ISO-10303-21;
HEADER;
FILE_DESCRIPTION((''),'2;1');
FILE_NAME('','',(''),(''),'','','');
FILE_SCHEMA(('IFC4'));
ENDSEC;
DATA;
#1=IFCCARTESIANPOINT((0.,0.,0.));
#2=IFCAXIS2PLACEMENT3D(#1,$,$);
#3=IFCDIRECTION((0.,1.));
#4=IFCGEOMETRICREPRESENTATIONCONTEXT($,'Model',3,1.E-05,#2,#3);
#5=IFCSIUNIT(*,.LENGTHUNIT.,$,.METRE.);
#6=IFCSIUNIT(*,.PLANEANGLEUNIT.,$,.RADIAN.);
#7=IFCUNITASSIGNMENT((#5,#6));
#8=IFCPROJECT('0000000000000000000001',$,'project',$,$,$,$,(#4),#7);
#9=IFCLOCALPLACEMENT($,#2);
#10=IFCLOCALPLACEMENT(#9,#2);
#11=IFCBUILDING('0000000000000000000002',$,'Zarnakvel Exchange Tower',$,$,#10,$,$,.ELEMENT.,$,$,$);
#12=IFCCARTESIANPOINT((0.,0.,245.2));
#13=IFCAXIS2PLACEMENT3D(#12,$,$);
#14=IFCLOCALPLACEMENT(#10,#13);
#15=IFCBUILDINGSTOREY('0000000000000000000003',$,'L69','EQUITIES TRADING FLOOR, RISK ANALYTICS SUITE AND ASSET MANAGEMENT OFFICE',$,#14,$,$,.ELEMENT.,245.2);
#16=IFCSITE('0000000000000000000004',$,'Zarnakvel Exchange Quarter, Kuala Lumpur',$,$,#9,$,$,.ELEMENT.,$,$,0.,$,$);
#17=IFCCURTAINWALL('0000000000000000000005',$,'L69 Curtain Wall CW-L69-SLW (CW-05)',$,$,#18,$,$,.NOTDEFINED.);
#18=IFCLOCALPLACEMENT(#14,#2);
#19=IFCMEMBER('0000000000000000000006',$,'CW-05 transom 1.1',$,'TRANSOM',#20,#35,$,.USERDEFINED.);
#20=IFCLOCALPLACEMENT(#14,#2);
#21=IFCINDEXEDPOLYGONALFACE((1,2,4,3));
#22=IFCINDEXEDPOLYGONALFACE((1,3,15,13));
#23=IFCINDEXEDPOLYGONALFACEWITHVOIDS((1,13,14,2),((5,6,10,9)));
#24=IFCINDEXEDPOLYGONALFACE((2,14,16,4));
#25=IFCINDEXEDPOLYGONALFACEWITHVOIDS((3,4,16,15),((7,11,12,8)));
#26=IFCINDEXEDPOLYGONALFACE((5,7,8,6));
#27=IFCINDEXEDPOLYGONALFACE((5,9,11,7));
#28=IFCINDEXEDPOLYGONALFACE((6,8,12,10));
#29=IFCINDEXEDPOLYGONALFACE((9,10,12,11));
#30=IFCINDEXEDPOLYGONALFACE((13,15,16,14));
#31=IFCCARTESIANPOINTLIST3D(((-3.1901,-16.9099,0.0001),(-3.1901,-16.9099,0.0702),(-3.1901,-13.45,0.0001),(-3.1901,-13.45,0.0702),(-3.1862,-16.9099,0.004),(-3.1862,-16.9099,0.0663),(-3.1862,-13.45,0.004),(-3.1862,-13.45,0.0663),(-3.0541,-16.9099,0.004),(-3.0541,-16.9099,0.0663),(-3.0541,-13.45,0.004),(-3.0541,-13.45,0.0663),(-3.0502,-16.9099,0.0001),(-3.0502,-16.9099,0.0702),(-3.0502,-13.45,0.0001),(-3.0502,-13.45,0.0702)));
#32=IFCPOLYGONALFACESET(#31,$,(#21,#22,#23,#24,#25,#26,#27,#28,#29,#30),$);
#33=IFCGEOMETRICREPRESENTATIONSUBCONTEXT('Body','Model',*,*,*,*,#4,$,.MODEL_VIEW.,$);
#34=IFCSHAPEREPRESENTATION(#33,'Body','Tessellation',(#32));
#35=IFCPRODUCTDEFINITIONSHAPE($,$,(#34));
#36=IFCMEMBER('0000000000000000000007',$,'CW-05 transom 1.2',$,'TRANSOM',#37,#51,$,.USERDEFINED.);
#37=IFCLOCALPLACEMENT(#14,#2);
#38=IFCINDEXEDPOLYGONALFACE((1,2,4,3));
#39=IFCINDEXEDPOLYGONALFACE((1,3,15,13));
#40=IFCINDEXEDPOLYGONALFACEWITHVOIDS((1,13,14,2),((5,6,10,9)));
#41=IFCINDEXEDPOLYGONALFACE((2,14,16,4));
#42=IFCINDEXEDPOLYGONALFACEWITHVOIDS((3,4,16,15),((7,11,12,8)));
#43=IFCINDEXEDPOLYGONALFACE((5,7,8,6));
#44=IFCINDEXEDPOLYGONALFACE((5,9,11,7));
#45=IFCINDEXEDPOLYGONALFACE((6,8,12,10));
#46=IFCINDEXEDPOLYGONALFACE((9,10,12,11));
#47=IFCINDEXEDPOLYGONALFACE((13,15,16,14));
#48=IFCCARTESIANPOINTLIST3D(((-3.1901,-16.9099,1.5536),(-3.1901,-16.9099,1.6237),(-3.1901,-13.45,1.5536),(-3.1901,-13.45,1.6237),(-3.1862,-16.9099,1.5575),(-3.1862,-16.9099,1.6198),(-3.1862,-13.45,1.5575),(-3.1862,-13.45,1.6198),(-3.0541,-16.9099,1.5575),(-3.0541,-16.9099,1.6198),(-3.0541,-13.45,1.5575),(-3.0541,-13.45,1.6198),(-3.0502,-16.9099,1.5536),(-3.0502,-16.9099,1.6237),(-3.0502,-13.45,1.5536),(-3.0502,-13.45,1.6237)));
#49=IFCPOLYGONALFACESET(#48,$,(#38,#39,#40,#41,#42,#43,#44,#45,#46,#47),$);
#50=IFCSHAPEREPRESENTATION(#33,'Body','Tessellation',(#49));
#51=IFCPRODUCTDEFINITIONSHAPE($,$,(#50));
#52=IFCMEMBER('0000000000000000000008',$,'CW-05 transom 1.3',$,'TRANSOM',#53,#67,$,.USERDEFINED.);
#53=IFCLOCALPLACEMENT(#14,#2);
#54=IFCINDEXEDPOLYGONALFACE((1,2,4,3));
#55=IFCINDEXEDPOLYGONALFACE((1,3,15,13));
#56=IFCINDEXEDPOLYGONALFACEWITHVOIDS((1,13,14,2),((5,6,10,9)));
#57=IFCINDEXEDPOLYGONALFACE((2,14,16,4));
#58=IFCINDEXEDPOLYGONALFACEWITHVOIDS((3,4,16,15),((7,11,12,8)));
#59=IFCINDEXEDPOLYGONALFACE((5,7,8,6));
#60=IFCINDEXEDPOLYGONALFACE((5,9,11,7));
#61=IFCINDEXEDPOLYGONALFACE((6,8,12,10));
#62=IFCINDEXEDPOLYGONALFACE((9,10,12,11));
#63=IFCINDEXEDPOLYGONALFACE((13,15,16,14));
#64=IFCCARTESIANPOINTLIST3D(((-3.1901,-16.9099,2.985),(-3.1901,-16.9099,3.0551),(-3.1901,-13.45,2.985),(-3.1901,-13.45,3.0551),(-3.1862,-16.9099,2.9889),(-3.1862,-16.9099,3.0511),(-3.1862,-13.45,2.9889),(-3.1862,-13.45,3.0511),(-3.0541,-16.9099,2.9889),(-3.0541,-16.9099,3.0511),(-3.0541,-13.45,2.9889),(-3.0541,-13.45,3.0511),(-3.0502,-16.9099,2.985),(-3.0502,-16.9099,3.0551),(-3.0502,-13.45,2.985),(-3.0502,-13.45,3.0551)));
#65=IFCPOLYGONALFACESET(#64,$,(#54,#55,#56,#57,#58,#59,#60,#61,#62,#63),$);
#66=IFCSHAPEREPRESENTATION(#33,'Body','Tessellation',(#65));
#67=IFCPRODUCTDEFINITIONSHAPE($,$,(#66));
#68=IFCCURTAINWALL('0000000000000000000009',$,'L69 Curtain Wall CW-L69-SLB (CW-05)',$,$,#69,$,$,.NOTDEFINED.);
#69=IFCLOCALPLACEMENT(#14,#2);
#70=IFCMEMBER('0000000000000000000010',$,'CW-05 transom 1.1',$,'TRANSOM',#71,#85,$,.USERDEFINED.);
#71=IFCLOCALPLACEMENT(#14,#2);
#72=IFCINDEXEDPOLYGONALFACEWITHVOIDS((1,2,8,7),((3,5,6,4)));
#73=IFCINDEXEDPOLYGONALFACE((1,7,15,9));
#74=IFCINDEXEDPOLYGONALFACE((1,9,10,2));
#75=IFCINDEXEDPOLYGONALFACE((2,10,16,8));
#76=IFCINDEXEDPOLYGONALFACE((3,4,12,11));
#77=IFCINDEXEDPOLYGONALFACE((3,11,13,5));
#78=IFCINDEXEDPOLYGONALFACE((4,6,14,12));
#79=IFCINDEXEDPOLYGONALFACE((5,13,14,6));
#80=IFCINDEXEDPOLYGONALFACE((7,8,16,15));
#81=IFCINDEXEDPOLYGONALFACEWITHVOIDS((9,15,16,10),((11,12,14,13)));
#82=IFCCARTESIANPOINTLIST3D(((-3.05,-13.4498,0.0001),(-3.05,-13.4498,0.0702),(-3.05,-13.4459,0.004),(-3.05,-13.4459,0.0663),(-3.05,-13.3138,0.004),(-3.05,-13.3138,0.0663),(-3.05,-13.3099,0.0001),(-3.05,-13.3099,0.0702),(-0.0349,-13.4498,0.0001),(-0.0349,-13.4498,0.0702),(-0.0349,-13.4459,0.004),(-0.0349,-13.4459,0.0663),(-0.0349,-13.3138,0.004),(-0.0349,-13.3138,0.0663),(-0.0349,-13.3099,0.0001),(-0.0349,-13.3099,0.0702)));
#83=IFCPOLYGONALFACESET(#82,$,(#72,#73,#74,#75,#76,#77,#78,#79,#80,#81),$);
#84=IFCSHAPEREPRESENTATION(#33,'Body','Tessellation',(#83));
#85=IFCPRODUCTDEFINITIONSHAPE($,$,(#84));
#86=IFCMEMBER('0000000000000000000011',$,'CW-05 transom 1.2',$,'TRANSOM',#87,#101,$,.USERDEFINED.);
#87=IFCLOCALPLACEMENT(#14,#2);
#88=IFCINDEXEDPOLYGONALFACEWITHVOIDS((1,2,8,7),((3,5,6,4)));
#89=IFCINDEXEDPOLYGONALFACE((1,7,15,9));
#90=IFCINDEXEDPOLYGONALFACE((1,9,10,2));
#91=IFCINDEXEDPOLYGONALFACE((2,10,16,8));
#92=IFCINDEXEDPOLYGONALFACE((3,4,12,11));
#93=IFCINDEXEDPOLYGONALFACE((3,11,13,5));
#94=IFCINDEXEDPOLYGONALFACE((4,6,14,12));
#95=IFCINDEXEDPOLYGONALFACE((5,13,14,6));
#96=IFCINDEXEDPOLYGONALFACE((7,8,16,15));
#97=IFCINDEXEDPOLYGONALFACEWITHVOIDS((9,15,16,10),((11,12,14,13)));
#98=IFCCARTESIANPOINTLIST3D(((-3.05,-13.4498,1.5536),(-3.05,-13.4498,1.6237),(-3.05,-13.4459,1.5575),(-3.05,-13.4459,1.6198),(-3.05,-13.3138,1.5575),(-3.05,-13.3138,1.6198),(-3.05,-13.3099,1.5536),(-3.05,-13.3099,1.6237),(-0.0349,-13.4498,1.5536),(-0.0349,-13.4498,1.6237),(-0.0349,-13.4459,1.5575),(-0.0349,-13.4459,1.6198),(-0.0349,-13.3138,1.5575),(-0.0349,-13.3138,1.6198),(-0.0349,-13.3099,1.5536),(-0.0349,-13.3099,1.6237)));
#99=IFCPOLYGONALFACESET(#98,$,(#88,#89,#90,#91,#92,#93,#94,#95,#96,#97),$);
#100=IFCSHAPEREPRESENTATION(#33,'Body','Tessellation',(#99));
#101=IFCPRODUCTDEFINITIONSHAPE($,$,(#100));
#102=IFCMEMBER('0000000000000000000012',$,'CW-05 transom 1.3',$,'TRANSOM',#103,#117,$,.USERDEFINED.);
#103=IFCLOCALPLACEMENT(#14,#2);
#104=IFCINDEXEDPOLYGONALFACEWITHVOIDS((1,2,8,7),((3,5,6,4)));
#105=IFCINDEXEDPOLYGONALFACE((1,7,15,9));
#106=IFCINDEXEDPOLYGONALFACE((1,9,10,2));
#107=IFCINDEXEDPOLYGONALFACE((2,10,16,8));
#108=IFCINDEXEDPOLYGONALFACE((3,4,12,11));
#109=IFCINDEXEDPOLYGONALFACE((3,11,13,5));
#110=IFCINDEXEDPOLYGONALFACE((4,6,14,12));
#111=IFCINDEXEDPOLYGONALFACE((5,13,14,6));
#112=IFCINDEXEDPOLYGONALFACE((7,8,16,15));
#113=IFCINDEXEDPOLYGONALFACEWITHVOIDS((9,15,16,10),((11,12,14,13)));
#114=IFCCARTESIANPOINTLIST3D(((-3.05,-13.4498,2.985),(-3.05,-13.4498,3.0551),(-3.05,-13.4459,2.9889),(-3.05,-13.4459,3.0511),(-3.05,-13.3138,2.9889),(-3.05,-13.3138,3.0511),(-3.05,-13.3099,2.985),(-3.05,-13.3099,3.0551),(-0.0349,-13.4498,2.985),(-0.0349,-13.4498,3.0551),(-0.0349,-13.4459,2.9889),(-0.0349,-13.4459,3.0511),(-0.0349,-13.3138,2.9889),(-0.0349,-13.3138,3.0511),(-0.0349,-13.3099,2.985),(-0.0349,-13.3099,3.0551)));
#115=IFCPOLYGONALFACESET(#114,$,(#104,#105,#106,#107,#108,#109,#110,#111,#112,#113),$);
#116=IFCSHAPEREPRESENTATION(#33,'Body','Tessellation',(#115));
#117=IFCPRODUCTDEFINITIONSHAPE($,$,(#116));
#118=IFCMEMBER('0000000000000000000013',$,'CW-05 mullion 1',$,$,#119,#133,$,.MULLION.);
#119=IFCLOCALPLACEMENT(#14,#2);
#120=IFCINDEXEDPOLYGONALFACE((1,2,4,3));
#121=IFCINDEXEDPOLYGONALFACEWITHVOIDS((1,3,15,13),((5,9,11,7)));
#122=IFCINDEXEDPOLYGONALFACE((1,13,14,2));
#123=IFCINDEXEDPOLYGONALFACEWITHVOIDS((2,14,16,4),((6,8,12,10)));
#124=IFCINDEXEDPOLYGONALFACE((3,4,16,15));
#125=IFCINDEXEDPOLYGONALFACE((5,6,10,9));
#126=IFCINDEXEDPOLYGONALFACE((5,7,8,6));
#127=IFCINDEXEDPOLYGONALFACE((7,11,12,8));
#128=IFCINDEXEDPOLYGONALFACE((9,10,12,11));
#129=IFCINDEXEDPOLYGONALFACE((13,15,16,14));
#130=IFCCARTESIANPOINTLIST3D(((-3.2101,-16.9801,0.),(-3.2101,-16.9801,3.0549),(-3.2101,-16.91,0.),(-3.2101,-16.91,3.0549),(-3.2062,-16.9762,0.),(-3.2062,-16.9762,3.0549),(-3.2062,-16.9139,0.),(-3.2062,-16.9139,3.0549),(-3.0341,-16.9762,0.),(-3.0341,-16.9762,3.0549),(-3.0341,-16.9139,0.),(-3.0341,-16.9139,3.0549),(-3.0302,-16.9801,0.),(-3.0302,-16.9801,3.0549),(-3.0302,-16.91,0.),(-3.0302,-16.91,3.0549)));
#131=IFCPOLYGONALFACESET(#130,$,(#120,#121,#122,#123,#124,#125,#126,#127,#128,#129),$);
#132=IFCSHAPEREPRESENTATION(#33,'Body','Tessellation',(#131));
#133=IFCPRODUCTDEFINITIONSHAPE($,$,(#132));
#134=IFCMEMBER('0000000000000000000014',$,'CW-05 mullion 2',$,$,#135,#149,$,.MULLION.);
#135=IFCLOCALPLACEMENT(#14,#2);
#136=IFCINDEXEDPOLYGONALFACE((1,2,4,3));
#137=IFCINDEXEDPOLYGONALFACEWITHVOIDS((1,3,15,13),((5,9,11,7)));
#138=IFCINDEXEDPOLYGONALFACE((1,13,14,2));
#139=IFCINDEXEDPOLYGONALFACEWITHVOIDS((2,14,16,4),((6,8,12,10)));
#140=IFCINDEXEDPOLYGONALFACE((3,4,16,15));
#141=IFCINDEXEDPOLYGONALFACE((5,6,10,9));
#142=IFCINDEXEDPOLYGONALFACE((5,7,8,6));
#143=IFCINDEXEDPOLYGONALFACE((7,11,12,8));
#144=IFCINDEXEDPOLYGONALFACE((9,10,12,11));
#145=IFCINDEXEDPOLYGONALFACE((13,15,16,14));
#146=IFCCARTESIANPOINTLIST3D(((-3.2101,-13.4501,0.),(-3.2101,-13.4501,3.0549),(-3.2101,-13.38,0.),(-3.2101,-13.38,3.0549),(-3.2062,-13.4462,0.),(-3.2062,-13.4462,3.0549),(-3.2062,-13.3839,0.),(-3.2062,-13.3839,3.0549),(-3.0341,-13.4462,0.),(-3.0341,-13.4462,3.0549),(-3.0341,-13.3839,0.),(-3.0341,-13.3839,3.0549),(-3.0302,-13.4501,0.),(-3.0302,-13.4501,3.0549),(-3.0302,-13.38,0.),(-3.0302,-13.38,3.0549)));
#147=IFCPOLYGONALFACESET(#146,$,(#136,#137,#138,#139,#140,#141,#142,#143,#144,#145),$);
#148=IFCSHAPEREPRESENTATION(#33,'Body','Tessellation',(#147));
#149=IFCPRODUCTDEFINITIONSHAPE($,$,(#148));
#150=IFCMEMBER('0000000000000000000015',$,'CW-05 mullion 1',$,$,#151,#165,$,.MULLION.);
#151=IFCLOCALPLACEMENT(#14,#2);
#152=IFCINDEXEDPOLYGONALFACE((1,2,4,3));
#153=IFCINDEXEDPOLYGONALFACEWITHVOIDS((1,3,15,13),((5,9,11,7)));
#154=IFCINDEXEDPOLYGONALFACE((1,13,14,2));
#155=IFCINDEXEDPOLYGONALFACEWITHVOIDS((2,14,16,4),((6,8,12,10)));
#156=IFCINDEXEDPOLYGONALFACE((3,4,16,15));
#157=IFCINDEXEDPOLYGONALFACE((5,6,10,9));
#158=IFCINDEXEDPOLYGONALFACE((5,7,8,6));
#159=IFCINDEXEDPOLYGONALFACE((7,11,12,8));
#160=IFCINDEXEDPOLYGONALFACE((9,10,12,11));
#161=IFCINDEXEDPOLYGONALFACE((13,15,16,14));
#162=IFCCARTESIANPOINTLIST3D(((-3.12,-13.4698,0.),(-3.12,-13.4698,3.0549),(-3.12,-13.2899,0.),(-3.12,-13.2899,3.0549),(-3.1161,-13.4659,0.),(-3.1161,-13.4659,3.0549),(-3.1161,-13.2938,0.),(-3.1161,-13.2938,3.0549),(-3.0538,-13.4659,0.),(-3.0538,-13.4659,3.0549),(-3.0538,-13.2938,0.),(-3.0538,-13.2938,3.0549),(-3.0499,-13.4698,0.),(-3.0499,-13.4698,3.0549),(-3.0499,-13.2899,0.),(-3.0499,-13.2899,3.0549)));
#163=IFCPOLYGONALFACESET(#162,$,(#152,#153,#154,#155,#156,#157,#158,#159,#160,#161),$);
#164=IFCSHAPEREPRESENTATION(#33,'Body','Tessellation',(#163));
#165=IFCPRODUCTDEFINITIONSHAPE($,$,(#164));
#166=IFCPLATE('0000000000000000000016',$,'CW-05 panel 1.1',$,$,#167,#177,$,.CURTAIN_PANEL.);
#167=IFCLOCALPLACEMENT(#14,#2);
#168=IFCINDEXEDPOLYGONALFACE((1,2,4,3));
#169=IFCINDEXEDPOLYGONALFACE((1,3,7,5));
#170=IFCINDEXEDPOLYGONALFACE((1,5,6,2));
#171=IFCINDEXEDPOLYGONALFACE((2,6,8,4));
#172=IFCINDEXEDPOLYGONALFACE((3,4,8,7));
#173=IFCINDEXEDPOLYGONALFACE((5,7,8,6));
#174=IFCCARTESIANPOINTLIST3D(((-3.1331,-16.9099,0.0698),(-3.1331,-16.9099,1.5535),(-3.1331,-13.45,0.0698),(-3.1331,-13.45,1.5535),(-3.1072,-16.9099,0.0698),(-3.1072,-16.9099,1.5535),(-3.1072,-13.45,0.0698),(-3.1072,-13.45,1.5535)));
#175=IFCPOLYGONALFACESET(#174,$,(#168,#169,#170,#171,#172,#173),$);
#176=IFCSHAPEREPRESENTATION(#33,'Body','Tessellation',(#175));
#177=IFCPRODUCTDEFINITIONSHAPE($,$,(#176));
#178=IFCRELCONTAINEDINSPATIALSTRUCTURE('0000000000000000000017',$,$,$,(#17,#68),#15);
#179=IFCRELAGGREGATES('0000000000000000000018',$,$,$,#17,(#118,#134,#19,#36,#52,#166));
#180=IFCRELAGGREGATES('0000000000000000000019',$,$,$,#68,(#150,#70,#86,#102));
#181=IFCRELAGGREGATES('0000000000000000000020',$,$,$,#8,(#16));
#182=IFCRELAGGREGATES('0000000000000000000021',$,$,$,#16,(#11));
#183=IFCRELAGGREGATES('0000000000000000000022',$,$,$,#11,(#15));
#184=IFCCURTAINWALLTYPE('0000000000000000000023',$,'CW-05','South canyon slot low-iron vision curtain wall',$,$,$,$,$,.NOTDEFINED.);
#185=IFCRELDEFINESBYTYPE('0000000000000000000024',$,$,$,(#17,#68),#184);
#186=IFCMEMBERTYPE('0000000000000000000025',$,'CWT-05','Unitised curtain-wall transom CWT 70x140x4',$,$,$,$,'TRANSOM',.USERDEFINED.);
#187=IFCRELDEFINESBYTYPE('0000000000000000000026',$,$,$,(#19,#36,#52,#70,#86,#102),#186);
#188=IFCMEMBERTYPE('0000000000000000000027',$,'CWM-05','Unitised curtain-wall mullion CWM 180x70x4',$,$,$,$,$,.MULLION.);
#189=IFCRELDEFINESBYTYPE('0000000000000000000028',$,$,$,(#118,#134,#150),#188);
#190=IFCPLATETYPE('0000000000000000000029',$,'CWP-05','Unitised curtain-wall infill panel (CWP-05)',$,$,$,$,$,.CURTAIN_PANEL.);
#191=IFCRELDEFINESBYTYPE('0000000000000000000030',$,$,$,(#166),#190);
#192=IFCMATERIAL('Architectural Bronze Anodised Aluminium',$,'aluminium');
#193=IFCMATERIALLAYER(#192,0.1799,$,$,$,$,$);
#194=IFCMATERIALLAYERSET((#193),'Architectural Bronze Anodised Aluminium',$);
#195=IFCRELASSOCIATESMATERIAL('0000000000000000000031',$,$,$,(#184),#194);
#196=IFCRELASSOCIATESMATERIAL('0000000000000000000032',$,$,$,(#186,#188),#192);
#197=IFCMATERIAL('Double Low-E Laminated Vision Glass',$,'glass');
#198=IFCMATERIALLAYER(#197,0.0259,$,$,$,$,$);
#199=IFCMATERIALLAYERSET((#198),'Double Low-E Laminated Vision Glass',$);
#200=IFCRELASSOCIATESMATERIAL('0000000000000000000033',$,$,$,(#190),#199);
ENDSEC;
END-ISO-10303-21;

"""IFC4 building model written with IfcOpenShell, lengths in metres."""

from ifc_helpers import new_model, si_unit, direction, frame, origin, origin_2d, place, context, subcontext, project, spatial, rectangle, hollow_rectangle, extrude, source, transform, mapped, material, layer, layer_set, material_profile, profile_set, type_object, element, aggregate, save


model = new_model("IFC4")

# Units and contexts
model_context = context("Model", 3, precision=1e-05, world=origin(), true_north=direction((0.0, 1.0)))
body_context = subcontext(model_context, "Body", "Model", "MODEL_VIEW")
ifc_project = project(units=[si_unit("LENGTHUNIT", "METRE"), si_unit("PLANEANGLEUNIT", "RADIAN")], contexts=[model_context])

# Site, building, storey
site_placement = place(None, origin())
site = spatial("IfcSite", under=ifc_project, at=site_placement, Name="Zarnakvel Exchange Quarter, Kuala Lumpur", CompositionType="ELEMENT", RefElevation=0.0)
building_placement = place(site_placement, origin())
building = spatial("IfcBuilding", under=site, at=building_placement, Name="Zarnakvel Exchange Tower", CompositionType="ELEMENT")
storey_placement = place(building_placement, frame((0.0, 0.0, 245.2)))
storey = spatial("IfcBuildingStorey", under=building, at=storey_placement, Name="L69", Description="EQUITIES TRADING FLOOR, RISK ANALYTICS SUITE AND ASSET MANAGEMENT OFFICE", CompositionType="ELEMENT", Elevation=245.2)

# Curtain walls, members
ifc_material_1 = material(Name="Architectural Bronze Anodised Aluminium", Category="aluminium")
ifc_layer_1 = layer(ifc_material_1, 0.1799)
ifc_layer_set_1 = layer_set([ifc_layer_1], Name="Architectural Bronze Anodised Aluminium")
curtain_wall_type = type_object("IfcCurtainWallType", Name="CW-05", Description="South canyon slot low-iron vision curtain wall", PredefinedType="NOTDEFINED", material=ifc_layer_set_1)
curtain_wall_1_placement = place(storey_placement, origin())
curtain_wall_1 = element("IfcCurtainWall", 1, at=curtain_wall_1_placement, inside=storey, type_object=curtain_wall_type, Name="L69 Curtain Wall CW-L69-SLW (CW-05)", PredefinedType="NOTDEFINED")
ifc_material_profile_1 = material_profile(ifc_material_1, hollow_rectangle(XDim=0.1399, YDim=0.0701, WallThickness=0.0039, at=origin_2d()))
ifc_profile_set_1 = profile_set([ifc_material_profile_1], Name="Architectural Bronze Anodised Aluminium")
member_type_1 = type_object("IfcMemberType", Name="CWT-05", Description="Unitised curtain-wall transom CWT 70x140x4", ElementType="TRANSOM", PredefinedType="USERDEFINED", material=ifc_profile_set_1)
shared_shape_1 = source(origin(), body_context, "Body", "SweptSolid", [
    extrude(hollow_rectangle(XDim=0.1399, YDim=0.0701, WallThickness=0.0039, at=origin_2d()), origin(), (0.0, 0.0, 1.0), 3.46),
])
member_1_placement = place(storey_placement, frame((-3.1201, -16.9099, 0.0352), z_axis=(0.0, 1.0, 0.0), x_axis=(-1.0, 0.0, 0.0)))
member_1 = element("IfcMember", 2, at=member_1_placement, type_object=member_type_1, Name="CW-05 transom 1.1", ObjectType="TRANSOM", PredefinedType="USERDEFINED", context=body_context, shape_type="MappedRepresentation", body=[
    mapped(shared_shape_1, transform((0.0, 0.0, 0.0), x_axis=(1.0, 0.0, 0.0), y_axis=(0.0, 1.0, 0.0), z_axis=(0.0, 0.0, 1.0), scale=1.0)),
])
member_2_placement = place(storey_placement, frame((-3.1201, -16.9099, 1.5886), z_axis=(0.0, 1.0, 0.0), x_axis=(-1.0, 0.0, 0.0)))
member_2 = element("IfcMember", 3, at=member_2_placement, type_object=member_type_1, Name="CW-05 transom 1.2", ObjectType="TRANSOM", PredefinedType="USERDEFINED", context=body_context, shape_type="MappedRepresentation", body=[
    mapped(shared_shape_1, transform((0.0, 0.0, 0.0), x_axis=(1.0, 0.0, 0.0), y_axis=(0.0, 1.0, 0.0), z_axis=(0.0, 0.0, 1.0), scale=1.0)),
])
member_3_placement = place(storey_placement, frame((-3.1201, -16.9099, 3.02), z_axis=(0.0, 1.0, 0.0), x_axis=(-1.0, 0.0, 0.0)))
member_3 = element("IfcMember", 4, at=member_3_placement, type_object=member_type_1, Name="CW-05 transom 1.3", ObjectType="TRANSOM", PredefinedType="USERDEFINED", context=body_context, shape_type="MappedRepresentation", body=[
    mapped(shared_shape_1, transform((0.0, 0.0, 0.0), x_axis=(1.0, 0.0, 0.0), y_axis=(0.0, 1.0, 0.0), z_axis=(0.0, 0.0, 1.0), scale=1.0)),
])
curtain_wall_2_placement = place(storey_placement, origin())
curtain_wall_2 = element("IfcCurtainWall", 5, at=curtain_wall_2_placement, inside=storey, type_object=curtain_wall_type, Name="L69 Curtain Wall CW-L69-SLB (CW-05)", PredefinedType="NOTDEFINED")
shared_shape_2 = source(origin(), body_context, "Body", "SweptSolid", [
    extrude(hollow_rectangle(XDim=0.1399, YDim=0.0701, WallThickness=0.0039, at=origin_2d()), origin(), (0.0, 0.0, 1.0), 3.0151),
])
member_4_placement = place(storey_placement, frame((-3.05, -13.3799, 0.0352), z_axis=(1.0, 0.0, 0.0), x_axis=(0.0, 1.0, 0.0)))
member_4 = element("IfcMember", 6, at=member_4_placement, type_object=member_type_1, Name="CW-05 transom 1.1", ObjectType="TRANSOM", PredefinedType="USERDEFINED", context=body_context, shape_type="MappedRepresentation", body=[
    mapped(shared_shape_2, transform((0.0, 0.0, 0.0), x_axis=(1.0, 0.0, 0.0), y_axis=(0.0, 1.0, 0.0), z_axis=(0.0, 0.0, 1.0), scale=1.0)),
])
member_5_placement = place(storey_placement, frame((-3.05, -13.3799, 1.5886), z_axis=(1.0, 0.0, 0.0), x_axis=(0.0, 1.0, 0.0)))
member_5 = element("IfcMember", 7, at=member_5_placement, type_object=member_type_1, Name="CW-05 transom 1.2", ObjectType="TRANSOM", PredefinedType="USERDEFINED", context=body_context, shape_type="MappedRepresentation", body=[
    mapped(shared_shape_2, transform((0.0, 0.0, 0.0), x_axis=(1.0, 0.0, 0.0), y_axis=(0.0, 1.0, 0.0), z_axis=(0.0, 0.0, 1.0), scale=1.0)),
])
member_6_placement = place(storey_placement, frame((-3.05, -13.3799, 3.02), z_axis=(1.0, 0.0, 0.0), x_axis=(0.0, 1.0, 0.0)))
member_6 = element("IfcMember", 8, at=member_6_placement, type_object=member_type_1, Name="CW-05 transom 1.3", ObjectType="TRANSOM", PredefinedType="USERDEFINED", context=body_context, shape_type="MappedRepresentation", body=[
    mapped(shared_shape_2, transform((0.0, 0.0, 0.0), x_axis=(1.0, 0.0, 0.0), y_axis=(0.0, 1.0, 0.0), z_axis=(0.0, 0.0, 1.0), scale=1.0)),
])

# Members
ifc_material_profile_2 = material_profile(ifc_material_1, hollow_rectangle(XDim=0.1799, YDim=0.0701, WallThickness=0.0039, at=origin_2d()))
ifc_profile_set_2 = profile_set([ifc_material_profile_2], Name="Architectural Bronze Anodised Aluminium")
member_type_2 = type_object("IfcMemberType", Name="CWM-05", Description="Unitised curtain-wall mullion CWM 180x70x4", PredefinedType="MULLION", material=ifc_profile_set_2)
shared_shape_3 = source(origin(), body_context, "Body", "SweptSolid", [
    extrude(hollow_rectangle(XDim=0.1799, YDim=0.0701, WallThickness=0.0039, at=origin_2d()), origin(), (0.0, 0.0, 1.0), 3.0549),
])
member_7_placement = place(storey_placement, frame((-3.1201, -16.9451, 0.0), z_axis=(0.0, 0.0, 1.0), x_axis=(-1.0, 0.0, 0.0)))
member_7 = element("IfcMember", 9, at=member_7_placement, type_object=member_type_2, Name="CW-05 mullion 1", PredefinedType="MULLION", context=body_context, shape_type="MappedRepresentation", body=[
    mapped(shared_shape_3, transform((0.0, 0.0, 0.0), x_axis=(1.0, 0.0, 0.0), y_axis=(0.0, 1.0, 0.0), z_axis=(0.0, 0.0, 1.0), scale=1.0)),
])
member_8_placement = place(storey_placement, frame((-3.1201, -13.415, 0.0), z_axis=(0.0, 0.0, 1.0), x_axis=(-1.0, 0.0, 0.0)))
member_8 = element("IfcMember", 10, at=member_8_placement, type_object=member_type_2, Name="CW-05 mullion 2", PredefinedType="MULLION", context=body_context, shape_type="MappedRepresentation", body=[
    mapped(shared_shape_3, transform((0.0, 0.0, 0.0), x_axis=(1.0, 0.0, 0.0), y_axis=(0.0, 1.0, 0.0), z_axis=(0.0, 0.0, 1.0), scale=1.0)),
])
member_9_placement = place(storey_placement, frame((-3.085, -13.3799, 0.0), z_axis=(0.0, 0.0, 1.0), x_axis=(0.0, 1.0, 0.0)))
member_9 = element("IfcMember", 11, at=member_9_placement, type_object=member_type_2, Name="CW-05 mullion 1", PredefinedType="MULLION", context=body_context, shape_type="MappedRepresentation", body=[
    mapped(shared_shape_3, transform((0.0, 0.0, 0.0), x_axis=(1.0, 0.0, 0.0), y_axis=(0.0, 1.0, 0.0), z_axis=(0.0, 0.0, 1.0), scale=1.0)),
])

# Plate
ifc_material_2 = material(Name="Double Low-E Laminated Vision Glass", Category="glass")
ifc_layer_2 = layer(ifc_material_2, 0.0259)
ifc_layer_set_2 = layer_set([ifc_layer_2], Name="Double Low-E Laminated Vision Glass")
plate_type = type_object("IfcPlateType", Name="CWP-05", Description="Unitised curtain-wall infill panel (CWP-05)", PredefinedType="CURTAIN_PANEL", material=ifc_layer_set_2)
shared_shape_4 = source(origin(), body_context, "Body", "SweptSolid", [
    extrude(rectangle(XDim=3.46, YDim=0.0259, at=origin_2d()), origin(), (0.0, 0.0, 1.0), 1.4836),
])
plate_1_placement = place(storey_placement, frame((-3.1201, -15.1799, 0.0698), z_axis=(0.0, 0.0, 1.0), x_axis=(0.0, 1.0, 0.0)))
plate_1 = element("IfcPlate", 12, at=plate_1_placement, type_object=plate_type, Name="CW-05 panel 1.1", PredefinedType="CURTAIN_PANEL", context=body_context, shape_type="MappedRepresentation", body=[
    mapped(shared_shape_4, transform((0.0, 0.0, 0.0), x_axis=(1.0, 0.0, 0.0), y_axis=(0.0, 1.0, 0.0), z_axis=(0.0, 0.0, 1.0), scale=1.0)),
])
aggregate(curtain_wall_1, [member_7, member_8, member_1, member_2, member_3, plate_1])
aggregate(curtain_wall_2, [member_9, member_4, member_5, member_6])

save(model, "model.ifc")
